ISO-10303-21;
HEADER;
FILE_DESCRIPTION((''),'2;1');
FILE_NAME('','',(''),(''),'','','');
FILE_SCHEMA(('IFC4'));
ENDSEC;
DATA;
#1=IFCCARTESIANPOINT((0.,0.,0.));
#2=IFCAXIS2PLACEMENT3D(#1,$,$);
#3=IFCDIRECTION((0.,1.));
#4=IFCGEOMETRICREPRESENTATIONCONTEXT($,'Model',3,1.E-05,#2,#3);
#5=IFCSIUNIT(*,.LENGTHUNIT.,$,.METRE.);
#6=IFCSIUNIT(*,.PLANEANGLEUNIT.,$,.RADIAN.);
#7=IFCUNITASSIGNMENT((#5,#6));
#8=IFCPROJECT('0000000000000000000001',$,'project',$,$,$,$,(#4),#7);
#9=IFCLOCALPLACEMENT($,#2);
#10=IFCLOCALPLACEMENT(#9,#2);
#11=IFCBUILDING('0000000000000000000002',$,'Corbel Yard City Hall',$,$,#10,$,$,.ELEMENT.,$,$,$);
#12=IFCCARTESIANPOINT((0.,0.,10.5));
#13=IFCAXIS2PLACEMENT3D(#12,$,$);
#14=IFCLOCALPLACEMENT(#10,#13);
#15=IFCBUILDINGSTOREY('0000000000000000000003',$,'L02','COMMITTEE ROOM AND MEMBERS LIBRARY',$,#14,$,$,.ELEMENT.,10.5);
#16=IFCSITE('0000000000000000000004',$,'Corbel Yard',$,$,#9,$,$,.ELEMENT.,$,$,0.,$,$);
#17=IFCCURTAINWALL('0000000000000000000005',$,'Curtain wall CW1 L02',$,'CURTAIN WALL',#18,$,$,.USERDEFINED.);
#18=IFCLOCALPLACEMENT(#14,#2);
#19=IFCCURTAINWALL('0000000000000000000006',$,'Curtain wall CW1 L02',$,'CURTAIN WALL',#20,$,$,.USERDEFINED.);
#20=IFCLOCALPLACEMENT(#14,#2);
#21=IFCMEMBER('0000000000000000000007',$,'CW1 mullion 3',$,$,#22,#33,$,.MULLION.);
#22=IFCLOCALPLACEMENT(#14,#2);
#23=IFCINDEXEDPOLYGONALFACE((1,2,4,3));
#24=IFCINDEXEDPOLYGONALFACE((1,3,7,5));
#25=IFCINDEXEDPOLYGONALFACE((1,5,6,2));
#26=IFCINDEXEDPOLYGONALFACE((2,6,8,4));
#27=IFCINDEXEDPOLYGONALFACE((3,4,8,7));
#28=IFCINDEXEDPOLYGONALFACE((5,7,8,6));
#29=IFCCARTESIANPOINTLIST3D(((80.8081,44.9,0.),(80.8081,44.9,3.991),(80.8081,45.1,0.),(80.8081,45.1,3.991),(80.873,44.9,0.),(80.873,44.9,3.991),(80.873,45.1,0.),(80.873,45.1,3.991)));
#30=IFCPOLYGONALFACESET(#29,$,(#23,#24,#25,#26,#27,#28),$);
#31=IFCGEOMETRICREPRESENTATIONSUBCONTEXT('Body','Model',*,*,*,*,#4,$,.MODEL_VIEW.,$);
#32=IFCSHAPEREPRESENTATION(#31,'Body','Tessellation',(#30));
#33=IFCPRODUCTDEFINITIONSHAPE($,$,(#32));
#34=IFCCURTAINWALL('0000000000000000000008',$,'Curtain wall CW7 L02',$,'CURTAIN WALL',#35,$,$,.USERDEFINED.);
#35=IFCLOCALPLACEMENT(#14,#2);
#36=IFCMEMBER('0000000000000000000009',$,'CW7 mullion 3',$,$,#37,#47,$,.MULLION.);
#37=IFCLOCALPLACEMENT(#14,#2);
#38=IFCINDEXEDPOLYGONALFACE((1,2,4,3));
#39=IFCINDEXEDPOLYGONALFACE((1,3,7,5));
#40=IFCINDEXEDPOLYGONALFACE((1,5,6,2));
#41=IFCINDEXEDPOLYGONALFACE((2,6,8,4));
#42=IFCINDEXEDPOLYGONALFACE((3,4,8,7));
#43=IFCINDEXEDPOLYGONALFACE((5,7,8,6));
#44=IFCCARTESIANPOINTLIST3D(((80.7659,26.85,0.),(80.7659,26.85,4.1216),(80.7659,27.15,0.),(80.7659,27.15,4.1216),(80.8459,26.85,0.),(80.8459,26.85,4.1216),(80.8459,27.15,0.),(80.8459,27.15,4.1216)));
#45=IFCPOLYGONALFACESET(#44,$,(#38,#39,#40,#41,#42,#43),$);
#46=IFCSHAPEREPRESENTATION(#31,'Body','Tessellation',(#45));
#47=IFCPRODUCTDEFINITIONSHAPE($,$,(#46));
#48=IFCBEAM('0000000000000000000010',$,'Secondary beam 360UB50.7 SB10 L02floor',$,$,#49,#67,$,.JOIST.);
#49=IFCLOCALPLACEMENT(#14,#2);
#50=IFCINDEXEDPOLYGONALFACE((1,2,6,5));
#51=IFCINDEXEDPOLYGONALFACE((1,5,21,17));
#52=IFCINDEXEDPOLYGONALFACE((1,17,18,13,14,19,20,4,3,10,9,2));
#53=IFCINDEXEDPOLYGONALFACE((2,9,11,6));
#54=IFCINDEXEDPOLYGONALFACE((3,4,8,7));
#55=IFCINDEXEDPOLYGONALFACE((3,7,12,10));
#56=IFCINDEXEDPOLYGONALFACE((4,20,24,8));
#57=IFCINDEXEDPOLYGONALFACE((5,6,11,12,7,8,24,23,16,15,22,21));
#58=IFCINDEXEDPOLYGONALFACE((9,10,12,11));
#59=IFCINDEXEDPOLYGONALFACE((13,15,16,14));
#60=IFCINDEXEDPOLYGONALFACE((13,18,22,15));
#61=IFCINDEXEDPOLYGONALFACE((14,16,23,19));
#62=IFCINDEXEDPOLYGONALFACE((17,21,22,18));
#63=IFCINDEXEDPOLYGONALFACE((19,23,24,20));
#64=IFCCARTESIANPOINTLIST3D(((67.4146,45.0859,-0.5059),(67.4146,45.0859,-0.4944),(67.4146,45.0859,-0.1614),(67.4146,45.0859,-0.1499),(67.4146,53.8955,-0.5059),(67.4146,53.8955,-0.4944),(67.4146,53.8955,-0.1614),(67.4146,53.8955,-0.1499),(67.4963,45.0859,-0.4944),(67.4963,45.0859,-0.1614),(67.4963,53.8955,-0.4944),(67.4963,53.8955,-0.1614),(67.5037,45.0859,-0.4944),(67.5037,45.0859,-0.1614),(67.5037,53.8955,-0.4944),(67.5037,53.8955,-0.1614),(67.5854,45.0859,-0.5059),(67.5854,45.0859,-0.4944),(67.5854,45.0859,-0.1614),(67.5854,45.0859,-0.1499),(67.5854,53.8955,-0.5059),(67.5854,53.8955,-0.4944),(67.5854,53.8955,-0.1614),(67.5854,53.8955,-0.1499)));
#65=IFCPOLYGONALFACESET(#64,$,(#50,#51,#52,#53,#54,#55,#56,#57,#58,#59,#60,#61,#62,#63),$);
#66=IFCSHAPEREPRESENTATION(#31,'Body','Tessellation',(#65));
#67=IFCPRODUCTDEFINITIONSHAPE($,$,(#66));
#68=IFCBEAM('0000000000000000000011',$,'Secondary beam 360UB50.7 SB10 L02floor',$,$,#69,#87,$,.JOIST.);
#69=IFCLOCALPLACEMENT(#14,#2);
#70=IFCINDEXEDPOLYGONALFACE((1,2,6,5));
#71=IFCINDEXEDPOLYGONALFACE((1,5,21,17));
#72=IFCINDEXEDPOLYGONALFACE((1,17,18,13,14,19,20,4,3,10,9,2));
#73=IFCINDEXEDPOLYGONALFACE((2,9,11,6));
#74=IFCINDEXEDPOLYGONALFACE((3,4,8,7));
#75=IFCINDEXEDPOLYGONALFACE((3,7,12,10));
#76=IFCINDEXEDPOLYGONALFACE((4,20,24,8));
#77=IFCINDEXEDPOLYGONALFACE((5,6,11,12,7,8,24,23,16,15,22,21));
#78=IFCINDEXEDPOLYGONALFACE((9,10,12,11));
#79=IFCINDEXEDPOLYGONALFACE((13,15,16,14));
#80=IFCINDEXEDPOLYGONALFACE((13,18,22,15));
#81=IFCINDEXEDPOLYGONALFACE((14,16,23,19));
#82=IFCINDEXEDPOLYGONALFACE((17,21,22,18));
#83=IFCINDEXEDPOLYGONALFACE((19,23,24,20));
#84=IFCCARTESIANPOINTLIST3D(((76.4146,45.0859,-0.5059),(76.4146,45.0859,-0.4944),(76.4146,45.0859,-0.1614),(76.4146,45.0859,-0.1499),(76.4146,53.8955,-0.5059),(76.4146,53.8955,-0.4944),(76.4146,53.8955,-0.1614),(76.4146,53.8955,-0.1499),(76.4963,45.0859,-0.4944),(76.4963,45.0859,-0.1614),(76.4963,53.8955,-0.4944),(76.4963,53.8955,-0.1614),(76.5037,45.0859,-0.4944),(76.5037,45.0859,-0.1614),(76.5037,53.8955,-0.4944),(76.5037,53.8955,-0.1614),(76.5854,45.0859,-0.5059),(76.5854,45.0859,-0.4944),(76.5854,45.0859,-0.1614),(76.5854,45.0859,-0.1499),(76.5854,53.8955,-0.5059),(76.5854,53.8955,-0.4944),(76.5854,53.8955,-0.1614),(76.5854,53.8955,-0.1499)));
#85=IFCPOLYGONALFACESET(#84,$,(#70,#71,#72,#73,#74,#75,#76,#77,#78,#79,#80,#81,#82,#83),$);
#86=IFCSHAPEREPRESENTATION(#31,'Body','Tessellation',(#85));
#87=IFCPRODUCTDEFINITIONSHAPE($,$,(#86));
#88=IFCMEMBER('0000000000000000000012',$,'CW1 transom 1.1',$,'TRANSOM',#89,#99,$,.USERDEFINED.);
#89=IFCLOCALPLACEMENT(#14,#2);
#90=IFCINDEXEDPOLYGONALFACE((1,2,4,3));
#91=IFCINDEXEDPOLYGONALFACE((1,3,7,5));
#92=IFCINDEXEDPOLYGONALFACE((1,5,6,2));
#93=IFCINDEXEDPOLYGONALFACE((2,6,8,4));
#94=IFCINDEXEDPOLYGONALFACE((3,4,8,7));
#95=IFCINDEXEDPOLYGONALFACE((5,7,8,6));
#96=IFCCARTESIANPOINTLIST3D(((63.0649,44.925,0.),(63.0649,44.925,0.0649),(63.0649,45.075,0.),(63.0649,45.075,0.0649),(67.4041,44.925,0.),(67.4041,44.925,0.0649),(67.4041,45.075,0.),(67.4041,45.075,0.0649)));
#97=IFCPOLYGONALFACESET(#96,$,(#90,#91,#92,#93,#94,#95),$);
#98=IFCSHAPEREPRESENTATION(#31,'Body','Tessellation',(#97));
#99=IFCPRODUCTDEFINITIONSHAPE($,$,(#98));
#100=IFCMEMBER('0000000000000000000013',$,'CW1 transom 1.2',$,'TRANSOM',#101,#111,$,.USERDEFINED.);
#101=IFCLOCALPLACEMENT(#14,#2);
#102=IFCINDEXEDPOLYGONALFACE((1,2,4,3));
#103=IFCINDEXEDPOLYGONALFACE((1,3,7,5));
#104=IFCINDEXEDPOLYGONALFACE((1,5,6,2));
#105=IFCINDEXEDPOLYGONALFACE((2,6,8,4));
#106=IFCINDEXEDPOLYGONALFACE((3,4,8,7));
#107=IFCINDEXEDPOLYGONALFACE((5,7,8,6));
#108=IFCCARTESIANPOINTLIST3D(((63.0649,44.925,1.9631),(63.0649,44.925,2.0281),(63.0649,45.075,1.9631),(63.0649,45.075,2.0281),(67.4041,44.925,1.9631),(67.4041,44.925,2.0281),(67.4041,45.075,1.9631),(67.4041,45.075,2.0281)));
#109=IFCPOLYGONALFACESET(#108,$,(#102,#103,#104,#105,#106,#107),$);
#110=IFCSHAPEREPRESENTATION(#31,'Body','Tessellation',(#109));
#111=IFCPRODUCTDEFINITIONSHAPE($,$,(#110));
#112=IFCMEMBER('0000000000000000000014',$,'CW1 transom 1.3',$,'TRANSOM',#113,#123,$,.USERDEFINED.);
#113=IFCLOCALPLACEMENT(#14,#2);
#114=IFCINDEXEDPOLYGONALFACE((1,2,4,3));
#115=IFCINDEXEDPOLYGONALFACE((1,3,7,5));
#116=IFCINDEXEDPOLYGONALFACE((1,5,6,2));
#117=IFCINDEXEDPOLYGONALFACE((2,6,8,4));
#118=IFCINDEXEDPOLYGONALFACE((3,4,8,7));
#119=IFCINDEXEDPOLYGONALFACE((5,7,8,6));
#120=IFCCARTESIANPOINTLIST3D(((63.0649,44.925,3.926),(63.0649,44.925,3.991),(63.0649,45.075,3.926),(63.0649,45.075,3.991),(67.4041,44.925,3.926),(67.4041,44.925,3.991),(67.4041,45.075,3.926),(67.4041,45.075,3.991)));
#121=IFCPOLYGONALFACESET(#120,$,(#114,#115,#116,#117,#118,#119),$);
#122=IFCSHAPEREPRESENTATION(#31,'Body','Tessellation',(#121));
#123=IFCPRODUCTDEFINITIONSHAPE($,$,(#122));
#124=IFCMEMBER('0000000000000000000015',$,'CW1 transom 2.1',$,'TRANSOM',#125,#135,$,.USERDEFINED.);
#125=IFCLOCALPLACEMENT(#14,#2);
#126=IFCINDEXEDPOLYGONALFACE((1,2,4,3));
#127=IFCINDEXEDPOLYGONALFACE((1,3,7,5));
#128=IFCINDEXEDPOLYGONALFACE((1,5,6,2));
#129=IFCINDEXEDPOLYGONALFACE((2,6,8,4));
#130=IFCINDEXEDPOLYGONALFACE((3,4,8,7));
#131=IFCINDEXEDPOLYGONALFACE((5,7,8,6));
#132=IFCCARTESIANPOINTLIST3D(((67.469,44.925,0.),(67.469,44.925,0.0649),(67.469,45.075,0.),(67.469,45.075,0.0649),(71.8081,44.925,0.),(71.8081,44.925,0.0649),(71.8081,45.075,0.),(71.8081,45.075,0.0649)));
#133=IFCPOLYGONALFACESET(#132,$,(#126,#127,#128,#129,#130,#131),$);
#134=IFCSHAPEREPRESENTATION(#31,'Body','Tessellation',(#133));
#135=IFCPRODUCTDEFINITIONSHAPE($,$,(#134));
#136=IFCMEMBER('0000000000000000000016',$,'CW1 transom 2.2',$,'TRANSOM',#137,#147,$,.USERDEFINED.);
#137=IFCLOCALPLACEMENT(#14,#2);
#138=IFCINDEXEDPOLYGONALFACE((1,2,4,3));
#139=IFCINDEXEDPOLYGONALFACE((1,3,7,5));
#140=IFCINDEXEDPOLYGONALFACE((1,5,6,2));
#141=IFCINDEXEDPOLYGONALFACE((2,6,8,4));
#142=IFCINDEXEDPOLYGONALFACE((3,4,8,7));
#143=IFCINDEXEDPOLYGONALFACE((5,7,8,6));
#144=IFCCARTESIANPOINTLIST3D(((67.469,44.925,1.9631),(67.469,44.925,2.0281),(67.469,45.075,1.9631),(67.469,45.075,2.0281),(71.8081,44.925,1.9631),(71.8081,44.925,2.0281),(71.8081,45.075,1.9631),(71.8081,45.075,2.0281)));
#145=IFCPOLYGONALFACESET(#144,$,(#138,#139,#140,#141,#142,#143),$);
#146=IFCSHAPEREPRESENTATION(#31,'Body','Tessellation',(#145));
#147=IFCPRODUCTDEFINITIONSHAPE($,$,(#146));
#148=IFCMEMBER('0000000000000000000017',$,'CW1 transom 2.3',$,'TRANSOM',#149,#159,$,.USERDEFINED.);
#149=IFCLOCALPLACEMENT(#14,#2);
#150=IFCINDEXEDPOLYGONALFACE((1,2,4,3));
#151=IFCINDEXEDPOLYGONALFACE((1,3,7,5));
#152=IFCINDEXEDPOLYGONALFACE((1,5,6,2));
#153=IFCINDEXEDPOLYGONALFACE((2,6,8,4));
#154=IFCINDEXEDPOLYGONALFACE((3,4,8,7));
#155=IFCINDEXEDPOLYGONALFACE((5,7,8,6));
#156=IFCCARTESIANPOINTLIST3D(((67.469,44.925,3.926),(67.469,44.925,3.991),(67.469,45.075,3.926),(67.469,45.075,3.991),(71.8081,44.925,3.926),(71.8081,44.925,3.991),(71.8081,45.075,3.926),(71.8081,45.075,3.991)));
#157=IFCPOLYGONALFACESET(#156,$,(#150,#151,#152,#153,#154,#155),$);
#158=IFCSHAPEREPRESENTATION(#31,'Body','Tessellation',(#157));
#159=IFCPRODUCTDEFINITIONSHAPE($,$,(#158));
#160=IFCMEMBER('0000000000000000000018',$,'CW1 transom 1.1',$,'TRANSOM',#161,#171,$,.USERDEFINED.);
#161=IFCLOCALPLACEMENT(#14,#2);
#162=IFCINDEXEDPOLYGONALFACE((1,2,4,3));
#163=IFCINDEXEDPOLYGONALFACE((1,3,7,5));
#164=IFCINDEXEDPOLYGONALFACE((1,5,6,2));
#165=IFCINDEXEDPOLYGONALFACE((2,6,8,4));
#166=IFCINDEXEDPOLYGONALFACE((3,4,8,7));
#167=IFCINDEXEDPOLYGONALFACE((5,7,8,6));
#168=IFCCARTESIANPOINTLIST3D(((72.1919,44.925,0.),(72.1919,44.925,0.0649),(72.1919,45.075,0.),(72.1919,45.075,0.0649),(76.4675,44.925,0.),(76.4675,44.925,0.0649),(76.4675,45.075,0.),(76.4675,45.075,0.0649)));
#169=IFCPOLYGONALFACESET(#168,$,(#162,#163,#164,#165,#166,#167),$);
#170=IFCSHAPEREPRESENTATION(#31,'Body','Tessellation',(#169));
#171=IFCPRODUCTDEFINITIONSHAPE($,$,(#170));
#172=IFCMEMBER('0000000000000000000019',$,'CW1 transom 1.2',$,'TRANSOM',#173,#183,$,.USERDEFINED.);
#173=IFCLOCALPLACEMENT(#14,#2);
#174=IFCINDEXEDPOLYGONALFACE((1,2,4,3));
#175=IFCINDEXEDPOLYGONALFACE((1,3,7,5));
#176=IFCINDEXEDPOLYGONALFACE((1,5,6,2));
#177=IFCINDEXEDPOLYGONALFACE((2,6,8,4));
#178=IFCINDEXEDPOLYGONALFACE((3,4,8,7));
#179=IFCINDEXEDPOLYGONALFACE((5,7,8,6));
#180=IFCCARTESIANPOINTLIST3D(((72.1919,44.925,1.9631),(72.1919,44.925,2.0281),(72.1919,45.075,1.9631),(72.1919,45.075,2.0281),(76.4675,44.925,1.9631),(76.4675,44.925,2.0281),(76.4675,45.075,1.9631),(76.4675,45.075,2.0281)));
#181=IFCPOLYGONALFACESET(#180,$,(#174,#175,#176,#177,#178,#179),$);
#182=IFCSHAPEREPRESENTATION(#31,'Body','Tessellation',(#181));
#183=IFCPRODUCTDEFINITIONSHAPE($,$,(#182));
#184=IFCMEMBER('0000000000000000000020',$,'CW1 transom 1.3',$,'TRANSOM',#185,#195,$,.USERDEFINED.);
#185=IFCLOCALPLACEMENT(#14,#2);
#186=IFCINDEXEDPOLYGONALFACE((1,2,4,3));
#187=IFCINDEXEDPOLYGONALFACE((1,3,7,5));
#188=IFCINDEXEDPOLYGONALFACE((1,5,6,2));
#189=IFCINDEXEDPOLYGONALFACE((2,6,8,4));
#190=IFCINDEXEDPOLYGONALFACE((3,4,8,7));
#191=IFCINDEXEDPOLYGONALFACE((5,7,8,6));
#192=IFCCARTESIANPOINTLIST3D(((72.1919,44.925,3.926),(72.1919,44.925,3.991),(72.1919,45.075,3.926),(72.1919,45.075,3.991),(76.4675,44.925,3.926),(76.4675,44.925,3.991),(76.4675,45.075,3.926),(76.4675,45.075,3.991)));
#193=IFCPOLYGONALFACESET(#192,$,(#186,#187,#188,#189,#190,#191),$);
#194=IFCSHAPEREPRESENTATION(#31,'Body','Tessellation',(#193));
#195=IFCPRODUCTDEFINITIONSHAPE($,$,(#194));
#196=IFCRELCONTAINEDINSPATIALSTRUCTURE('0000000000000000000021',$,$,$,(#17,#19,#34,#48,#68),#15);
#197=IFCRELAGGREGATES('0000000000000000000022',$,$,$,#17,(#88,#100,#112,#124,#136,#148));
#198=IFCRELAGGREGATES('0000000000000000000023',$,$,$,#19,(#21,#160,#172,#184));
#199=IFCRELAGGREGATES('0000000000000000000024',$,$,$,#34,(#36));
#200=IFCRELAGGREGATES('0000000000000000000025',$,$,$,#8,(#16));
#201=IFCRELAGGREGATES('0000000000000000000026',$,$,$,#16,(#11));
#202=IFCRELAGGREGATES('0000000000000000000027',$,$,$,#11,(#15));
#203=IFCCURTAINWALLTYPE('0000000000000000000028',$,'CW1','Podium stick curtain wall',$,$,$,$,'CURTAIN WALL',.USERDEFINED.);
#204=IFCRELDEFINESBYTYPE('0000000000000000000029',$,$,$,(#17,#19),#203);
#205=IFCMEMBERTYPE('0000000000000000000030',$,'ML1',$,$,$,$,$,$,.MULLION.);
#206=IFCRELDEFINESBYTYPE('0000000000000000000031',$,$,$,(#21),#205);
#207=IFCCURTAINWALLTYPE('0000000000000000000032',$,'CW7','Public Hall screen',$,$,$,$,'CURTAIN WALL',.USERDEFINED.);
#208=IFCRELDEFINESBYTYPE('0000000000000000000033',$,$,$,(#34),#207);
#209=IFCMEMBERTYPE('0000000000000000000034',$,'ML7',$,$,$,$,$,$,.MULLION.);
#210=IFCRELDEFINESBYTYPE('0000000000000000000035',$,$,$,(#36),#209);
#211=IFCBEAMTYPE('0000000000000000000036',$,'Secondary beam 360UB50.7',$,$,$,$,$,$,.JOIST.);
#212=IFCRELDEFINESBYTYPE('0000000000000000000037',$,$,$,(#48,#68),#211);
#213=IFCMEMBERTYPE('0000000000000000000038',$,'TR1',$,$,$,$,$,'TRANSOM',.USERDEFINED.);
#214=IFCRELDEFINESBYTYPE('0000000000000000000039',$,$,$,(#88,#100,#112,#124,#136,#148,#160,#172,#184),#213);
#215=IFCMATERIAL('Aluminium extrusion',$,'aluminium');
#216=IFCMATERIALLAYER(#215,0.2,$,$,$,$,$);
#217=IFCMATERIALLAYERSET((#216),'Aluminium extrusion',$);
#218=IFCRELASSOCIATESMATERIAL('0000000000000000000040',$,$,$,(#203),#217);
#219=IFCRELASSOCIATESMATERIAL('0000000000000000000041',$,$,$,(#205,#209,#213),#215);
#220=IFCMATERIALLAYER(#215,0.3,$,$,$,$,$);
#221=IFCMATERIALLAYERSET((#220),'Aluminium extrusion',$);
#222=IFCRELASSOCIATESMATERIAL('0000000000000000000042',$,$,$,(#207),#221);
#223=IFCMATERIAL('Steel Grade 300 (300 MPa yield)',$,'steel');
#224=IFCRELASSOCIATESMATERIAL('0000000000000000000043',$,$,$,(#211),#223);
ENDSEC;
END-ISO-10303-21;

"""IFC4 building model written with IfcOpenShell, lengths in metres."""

from ifc_helpers import new_model, si_unit, direction, frame, origin, origin_2d, place, context, subcontext, project, spatial, rectangle, i_section, extrude, material, layer, layer_set, material_profile, profile_set, type_object, element, aggregate, save


model = new_model("IFC4")

# Units and contexts
model_context = context("Model", 3, precision=1e-05, world=origin(), true_north=direction((0.0, 1.0)))
body_context = subcontext(model_context, "Body", "Model", "MODEL_VIEW")
ifc_project = project(units=[si_unit("LENGTHUNIT", "METRE"), si_unit("PLANEANGLEUNIT", "RADIAN")], contexts=[model_context])

# Site, building, storey
site_placement = place(None, origin())
site = spatial("IfcSite", under=ifc_project, at=site_placement, Name="Corbel Yard", CompositionType="ELEMENT", RefElevation=0.0)
building_placement = place(site_placement, origin())
building = spatial("IfcBuilding", under=site, at=building_placement, Name="Corbel Yard City Hall", CompositionType="ELEMENT")
storey_placement = place(building_placement, frame((0.0, 0.0, 10.5)))
storey = spatial("IfcBuildingStorey", under=building, at=storey_placement, Name="L02", Description="COMMITTEE ROOM AND MEMBERS LIBRARY", CompositionType="ELEMENT", Elevation=10.5)

# Shared definitions
ifc_material_1 = material(Name="Steel Grade 300 (300 MPa yield)", Category="steel")

# Curtain walls, member
ifc_material_2 = material(Name="Aluminium extrusion", Category="aluminium")
ifc_layer_1 = layer(ifc_material_2, 0.2)
ifc_layer_set_1 = layer_set([ifc_layer_1], Name="Aluminium extrusion")
curtain_wall_type_1 = type_object("IfcCurtainWallType", Name="CW1", Description="Podium stick curtain wall", ElementType="CURTAIN WALL", PredefinedType="USERDEFINED", material=ifc_layer_set_1)
curtain_wall_1_placement = place(storey_placement, origin())
curtain_wall_1 = element("IfcCurtainWall", 1, at=curtain_wall_1_placement, inside=storey, type_object=curtain_wall_type_1, Name="Curtain wall CW1 L02", ObjectType="CURTAIN WALL", PredefinedType="USERDEFINED")
ifc_material_profile_1 = material_profile(ifc_material_2, rectangle(XDim=0.2, YDim=0.0649, at=origin_2d()), Name="200x65")
ifc_profile_set_1 = profile_set([ifc_material_profile_1], Name="Aluminium extrusion")
member_type_1 = type_object("IfcMemberType", Name="ML1", PredefinedType="MULLION", material=ifc_profile_set_1)
curtain_wall_2_placement = place(storey_placement, origin())
curtain_wall_2 = element("IfcCurtainWall", 2, at=curtain_wall_2_placement, inside=storey, type_object=curtain_wall_type_1, Name="Curtain wall CW1 L02", ObjectType="CURTAIN WALL", PredefinedType="USERDEFINED")
member_1_placement = place(storey_placement, frame((80.8406, 45.0, 0.0), z_axis=(0.0, 0.0, 1.0), x_axis=(0.0, 1.0, 0.0)))
member_1 = element("IfcMember", 3, at=member_1_placement, type_object=member_type_1, Name="CW1 mullion 3", PredefinedType="MULLION", context=body_context, shape_type="SweptSolid", body=[
    extrude(rectangle(XDim=0.2, YDim=0.0649, at=origin_2d()), origin(), (0.0, 0.0, 1.0), 3.991),
])

# Curtain wall, member
ifc_layer_2 = layer(ifc_material_2, 0.3)
ifc_layer_set_2 = layer_set([ifc_layer_2], Name="Aluminium extrusion")
curtain_wall_type_2 = type_object("IfcCurtainWallType", Name="CW7", Description="Public Hall screen", ElementType="CURTAIN WALL", PredefinedType="USERDEFINED", material=ifc_layer_set_2)
curtain_wall_3_placement = place(storey_placement, origin())
curtain_wall_3 = element("IfcCurtainWall", 4, at=curtain_wall_3_placement, inside=storey, type_object=curtain_wall_type_2, Name="Curtain wall CW7 L02", ObjectType="CURTAIN WALL", PredefinedType="USERDEFINED")
ifc_material_profile_2 = material_profile(ifc_material_2, rectangle(XDim=0.3, YDim=0.0801, at=origin_2d()), Name="300x80")
ifc_profile_set_2 = profile_set([ifc_material_profile_2], Name="Aluminium extrusion")
member_type_2 = type_object("IfcMemberType", Name="ML7", PredefinedType="MULLION", material=ifc_profile_set_2)
member_2_placement = place(storey_placement, frame((80.8059, 27.0, 0.0), z_axis=(0.0, 0.0, 1.0), x_axis=(0.0, 1.0, 0.0)))
member_2 = element("IfcMember", 5, at=member_2_placement, type_object=member_type_2, Name="CW7 mullion 3", PredefinedType="MULLION", context=body_context, shape_type="SweptSolid", body=[
    extrude(rectangle(XDim=0.3, YDim=0.0801, at=origin_2d()), origin(), (0.0, 0.0, 1.0), 4.1216),
])

# Beams
ifc_material_profile_3 = material_profile(ifc_material_1, i_section(OverallWidth=0.1709, OverallDepth=0.356, WebThickness=0.0073, FlangeThickness=0.0115, at=origin_2d()), Name="360UB50.7")
ifc_profile_set_3 = profile_set([ifc_material_profile_3], Name="Steel Grade 300 (300 MPa yield)")
beam_type_1 = type_object("IfcBeamType", Name="Secondary beam 360UB50.7", PredefinedType="JOIST", material=ifc_profile_set_3)
for number, where, z_axis, x_axis, name in (
    (6, (67.5, 45.0859, -0.3279), (0.0, 1.0, 0.0), (-1.0, 0.0, 0.0), "Secondary beam 360UB50.7 SB10 L02floor"),
    (7, (76.5, 45.0859, -0.3279), (0.0, 1.0, 0.0), (-1.0, 0.0, 0.0), "Secondary beam 360UB50.7 SB10 L02floor"),
):
    element("IfcBeam", number, at=place(storey_placement, frame(where, z_axis=z_axis, x_axis=x_axis)), inside=storey, type_object=beam_type_1, Name=name, PredefinedType="JOIST", context=body_context, shape_type="SweptSolid", body=[
        extrude(i_section(OverallWidth=0.1709, OverallDepth=0.356, WebThickness=0.0073, FlangeThickness=0.0115, at=origin_2d()), origin(), (0.0, 0.0, 1.0), 8.8096),
    ])

# Members
ifc_material_profile_4 = material_profile(ifc_material_2, rectangle(XDim=0.1499, YDim=0.0649, at=origin_2d()), Name="150x65")
ifc_profile_set_4 = profile_set([ifc_material_profile_4], Name="Aluminium extrusion")
member_type_3 = type_object("IfcMemberType", Name="TR1", ElementType="TRANSOM", PredefinedType="USERDEFINED", material=ifc_profile_set_4)
member_3_placement = place(storey_placement, frame((63.0649, 45.0, 0.0325), z_axis=(1.0, 0.0, 0.0), x_axis=(0.0, 1.0, 0.0)))
member_3 = element("IfcMember", 8, at=member_3_placement, type_object=member_type_3, Name="CW1 transom 1.1", ObjectType="TRANSOM", PredefinedType="USERDEFINED", context=body_context, shape_type="SweptSolid", body=[
    extrude(rectangle(XDim=0.1499, YDim=0.0649, at=origin_2d()), origin(), (0.0, 0.0, 1.0), 4.3391),
])
member_4_placement = place(storey_placement, frame((63.0649, 45.0, 1.9956), z_axis=(1.0, 0.0, 0.0), x_axis=(0.0, 1.0, 0.0)))
member_4 = element("IfcMember", 9, at=member_4_placement, type_object=member_type_3, Name="CW1 transom 1.2", ObjectType="TRANSOM", PredefinedType="USERDEFINED", context=body_context, shape_type="SweptSolid", body=[
    extrude(rectangle(XDim=0.1499, YDim=0.0649, at=origin_2d()), origin(), (0.0, 0.0, 1.0), 4.3391),
])
member_5_placement = place(storey_placement, frame((63.0649, 45.0, 3.9585), z_axis=(1.0, 0.0, 0.0), x_axis=(0.0, 1.0, 0.0)))
member_5 = element("IfcMember", 10, at=member_5_placement, type_object=member_type_3, Name="CW1 transom 1.3", ObjectType="TRANSOM", PredefinedType="USERDEFINED", context=body_context, shape_type="SweptSolid", body=[
    extrude(rectangle(XDim=0.1499, YDim=0.0649, at=origin_2d()), origin(), (0.0, 0.0, 1.0), 4.3391),
])
member_6_placement = place(storey_placement, frame((67.469, 45.0, 0.0325), z_axis=(1.0, 0.0, 0.0), x_axis=(0.0, 1.0, 0.0)))
member_6 = element("IfcMember", 11, at=member_6_placement, type_object=member_type_3, Name="CW1 transom 2.1", ObjectType="TRANSOM", PredefinedType="USERDEFINED", context=body_context, shape_type="SweptSolid", body=[
    extrude(rectangle(XDim=0.1499, YDim=0.0649, at=origin_2d()), origin(), (0.0, 0.0, 1.0), 4.3391),
])
member_7_placement = place(storey_placement, frame((67.469, 45.0, 1.9956), z_axis=(1.0, 0.0, 0.0), x_axis=(0.0, 1.0, 0.0)))
member_7 = element("IfcMember", 12, at=member_7_placement, type_object=member_type_3, Name="CW1 transom 2.2", ObjectType="TRANSOM", PredefinedType="USERDEFINED", context=body_context, shape_type="SweptSolid", body=[
    extrude(rectangle(XDim=0.1499, YDim=0.0649, at=origin_2d()), origin(), (0.0, 0.0, 1.0), 4.3391),
])
member_8_placement = place(storey_placement, frame((67.469, 45.0, 3.9585), z_axis=(1.0, 0.0, 0.0), x_axis=(0.0, 1.0, 0.0)))
member_8 = element("IfcMember", 13, at=member_8_placement, type_object=member_type_3, Name="CW1 transom 2.3", ObjectType="TRANSOM", PredefinedType="USERDEFINED", context=body_context, shape_type="SweptSolid", body=[
    extrude(rectangle(XDim=0.1499, YDim=0.0649, at=origin_2d()), origin(), (0.0, 0.0, 1.0), 4.3391),
])
member_9_placement = place(storey_placement, frame((72.1919, 45.0, 0.0325), z_axis=(1.0, 0.0, 0.0), x_axis=(0.0, 1.0, 0.0)))
member_9 = element("IfcMember", 14, at=member_9_placement, type_object=member_type_3, Name="CW1 transom 1.1", ObjectType="TRANSOM", PredefinedType="USERDEFINED", context=body_context, shape_type="SweptSolid", body=[
    extrude(rectangle(XDim=0.1499, YDim=0.0649, at=origin_2d()), origin(), (0.0, 0.0, 1.0), 4.2756),
])
member_10_placement = place(storey_placement, frame((72.1919, 45.0, 1.9956), z_axis=(1.0, 0.0, 0.0), x_axis=(0.0, 1.0, 0.0)))
member_10 = element("IfcMember", 15, at=member_10_placement, type_object=member_type_3, Name="CW1 transom 1.2", ObjectType="TRANSOM", PredefinedType="USERDEFINED", context=body_context, shape_type="SweptSolid", body=[
    extrude(rectangle(XDim=0.1499, YDim=0.0649, at=origin_2d()), origin(), (0.0, 0.0, 1.0), 4.2756),
])
member_11_placement = place(storey_placement, frame((72.1919, 45.0, 3.9585), z_axis=(1.0, 0.0, 0.0), x_axis=(0.0, 1.0, 0.0)))
member_11 = element("IfcMember", 16, at=member_11_placement, type_object=member_type_3, Name="CW1 transom 1.3", ObjectType="TRANSOM", PredefinedType="USERDEFINED", context=body_context, shape_type="SweptSolid", body=[
    extrude(rectangle(XDim=0.1499, YDim=0.0649, at=origin_2d()), origin(), (0.0, 0.0, 1.0), 4.2756),
])

aggregate(curtain_wall_1, [member_3, member_4, member_5, member_6, member_7, member_8])
aggregate(curtain_wall_2, [member_1, member_9, member_10, member_11])
aggregate(curtain_wall_3, [member_2])

save(model, "model.ifc")
